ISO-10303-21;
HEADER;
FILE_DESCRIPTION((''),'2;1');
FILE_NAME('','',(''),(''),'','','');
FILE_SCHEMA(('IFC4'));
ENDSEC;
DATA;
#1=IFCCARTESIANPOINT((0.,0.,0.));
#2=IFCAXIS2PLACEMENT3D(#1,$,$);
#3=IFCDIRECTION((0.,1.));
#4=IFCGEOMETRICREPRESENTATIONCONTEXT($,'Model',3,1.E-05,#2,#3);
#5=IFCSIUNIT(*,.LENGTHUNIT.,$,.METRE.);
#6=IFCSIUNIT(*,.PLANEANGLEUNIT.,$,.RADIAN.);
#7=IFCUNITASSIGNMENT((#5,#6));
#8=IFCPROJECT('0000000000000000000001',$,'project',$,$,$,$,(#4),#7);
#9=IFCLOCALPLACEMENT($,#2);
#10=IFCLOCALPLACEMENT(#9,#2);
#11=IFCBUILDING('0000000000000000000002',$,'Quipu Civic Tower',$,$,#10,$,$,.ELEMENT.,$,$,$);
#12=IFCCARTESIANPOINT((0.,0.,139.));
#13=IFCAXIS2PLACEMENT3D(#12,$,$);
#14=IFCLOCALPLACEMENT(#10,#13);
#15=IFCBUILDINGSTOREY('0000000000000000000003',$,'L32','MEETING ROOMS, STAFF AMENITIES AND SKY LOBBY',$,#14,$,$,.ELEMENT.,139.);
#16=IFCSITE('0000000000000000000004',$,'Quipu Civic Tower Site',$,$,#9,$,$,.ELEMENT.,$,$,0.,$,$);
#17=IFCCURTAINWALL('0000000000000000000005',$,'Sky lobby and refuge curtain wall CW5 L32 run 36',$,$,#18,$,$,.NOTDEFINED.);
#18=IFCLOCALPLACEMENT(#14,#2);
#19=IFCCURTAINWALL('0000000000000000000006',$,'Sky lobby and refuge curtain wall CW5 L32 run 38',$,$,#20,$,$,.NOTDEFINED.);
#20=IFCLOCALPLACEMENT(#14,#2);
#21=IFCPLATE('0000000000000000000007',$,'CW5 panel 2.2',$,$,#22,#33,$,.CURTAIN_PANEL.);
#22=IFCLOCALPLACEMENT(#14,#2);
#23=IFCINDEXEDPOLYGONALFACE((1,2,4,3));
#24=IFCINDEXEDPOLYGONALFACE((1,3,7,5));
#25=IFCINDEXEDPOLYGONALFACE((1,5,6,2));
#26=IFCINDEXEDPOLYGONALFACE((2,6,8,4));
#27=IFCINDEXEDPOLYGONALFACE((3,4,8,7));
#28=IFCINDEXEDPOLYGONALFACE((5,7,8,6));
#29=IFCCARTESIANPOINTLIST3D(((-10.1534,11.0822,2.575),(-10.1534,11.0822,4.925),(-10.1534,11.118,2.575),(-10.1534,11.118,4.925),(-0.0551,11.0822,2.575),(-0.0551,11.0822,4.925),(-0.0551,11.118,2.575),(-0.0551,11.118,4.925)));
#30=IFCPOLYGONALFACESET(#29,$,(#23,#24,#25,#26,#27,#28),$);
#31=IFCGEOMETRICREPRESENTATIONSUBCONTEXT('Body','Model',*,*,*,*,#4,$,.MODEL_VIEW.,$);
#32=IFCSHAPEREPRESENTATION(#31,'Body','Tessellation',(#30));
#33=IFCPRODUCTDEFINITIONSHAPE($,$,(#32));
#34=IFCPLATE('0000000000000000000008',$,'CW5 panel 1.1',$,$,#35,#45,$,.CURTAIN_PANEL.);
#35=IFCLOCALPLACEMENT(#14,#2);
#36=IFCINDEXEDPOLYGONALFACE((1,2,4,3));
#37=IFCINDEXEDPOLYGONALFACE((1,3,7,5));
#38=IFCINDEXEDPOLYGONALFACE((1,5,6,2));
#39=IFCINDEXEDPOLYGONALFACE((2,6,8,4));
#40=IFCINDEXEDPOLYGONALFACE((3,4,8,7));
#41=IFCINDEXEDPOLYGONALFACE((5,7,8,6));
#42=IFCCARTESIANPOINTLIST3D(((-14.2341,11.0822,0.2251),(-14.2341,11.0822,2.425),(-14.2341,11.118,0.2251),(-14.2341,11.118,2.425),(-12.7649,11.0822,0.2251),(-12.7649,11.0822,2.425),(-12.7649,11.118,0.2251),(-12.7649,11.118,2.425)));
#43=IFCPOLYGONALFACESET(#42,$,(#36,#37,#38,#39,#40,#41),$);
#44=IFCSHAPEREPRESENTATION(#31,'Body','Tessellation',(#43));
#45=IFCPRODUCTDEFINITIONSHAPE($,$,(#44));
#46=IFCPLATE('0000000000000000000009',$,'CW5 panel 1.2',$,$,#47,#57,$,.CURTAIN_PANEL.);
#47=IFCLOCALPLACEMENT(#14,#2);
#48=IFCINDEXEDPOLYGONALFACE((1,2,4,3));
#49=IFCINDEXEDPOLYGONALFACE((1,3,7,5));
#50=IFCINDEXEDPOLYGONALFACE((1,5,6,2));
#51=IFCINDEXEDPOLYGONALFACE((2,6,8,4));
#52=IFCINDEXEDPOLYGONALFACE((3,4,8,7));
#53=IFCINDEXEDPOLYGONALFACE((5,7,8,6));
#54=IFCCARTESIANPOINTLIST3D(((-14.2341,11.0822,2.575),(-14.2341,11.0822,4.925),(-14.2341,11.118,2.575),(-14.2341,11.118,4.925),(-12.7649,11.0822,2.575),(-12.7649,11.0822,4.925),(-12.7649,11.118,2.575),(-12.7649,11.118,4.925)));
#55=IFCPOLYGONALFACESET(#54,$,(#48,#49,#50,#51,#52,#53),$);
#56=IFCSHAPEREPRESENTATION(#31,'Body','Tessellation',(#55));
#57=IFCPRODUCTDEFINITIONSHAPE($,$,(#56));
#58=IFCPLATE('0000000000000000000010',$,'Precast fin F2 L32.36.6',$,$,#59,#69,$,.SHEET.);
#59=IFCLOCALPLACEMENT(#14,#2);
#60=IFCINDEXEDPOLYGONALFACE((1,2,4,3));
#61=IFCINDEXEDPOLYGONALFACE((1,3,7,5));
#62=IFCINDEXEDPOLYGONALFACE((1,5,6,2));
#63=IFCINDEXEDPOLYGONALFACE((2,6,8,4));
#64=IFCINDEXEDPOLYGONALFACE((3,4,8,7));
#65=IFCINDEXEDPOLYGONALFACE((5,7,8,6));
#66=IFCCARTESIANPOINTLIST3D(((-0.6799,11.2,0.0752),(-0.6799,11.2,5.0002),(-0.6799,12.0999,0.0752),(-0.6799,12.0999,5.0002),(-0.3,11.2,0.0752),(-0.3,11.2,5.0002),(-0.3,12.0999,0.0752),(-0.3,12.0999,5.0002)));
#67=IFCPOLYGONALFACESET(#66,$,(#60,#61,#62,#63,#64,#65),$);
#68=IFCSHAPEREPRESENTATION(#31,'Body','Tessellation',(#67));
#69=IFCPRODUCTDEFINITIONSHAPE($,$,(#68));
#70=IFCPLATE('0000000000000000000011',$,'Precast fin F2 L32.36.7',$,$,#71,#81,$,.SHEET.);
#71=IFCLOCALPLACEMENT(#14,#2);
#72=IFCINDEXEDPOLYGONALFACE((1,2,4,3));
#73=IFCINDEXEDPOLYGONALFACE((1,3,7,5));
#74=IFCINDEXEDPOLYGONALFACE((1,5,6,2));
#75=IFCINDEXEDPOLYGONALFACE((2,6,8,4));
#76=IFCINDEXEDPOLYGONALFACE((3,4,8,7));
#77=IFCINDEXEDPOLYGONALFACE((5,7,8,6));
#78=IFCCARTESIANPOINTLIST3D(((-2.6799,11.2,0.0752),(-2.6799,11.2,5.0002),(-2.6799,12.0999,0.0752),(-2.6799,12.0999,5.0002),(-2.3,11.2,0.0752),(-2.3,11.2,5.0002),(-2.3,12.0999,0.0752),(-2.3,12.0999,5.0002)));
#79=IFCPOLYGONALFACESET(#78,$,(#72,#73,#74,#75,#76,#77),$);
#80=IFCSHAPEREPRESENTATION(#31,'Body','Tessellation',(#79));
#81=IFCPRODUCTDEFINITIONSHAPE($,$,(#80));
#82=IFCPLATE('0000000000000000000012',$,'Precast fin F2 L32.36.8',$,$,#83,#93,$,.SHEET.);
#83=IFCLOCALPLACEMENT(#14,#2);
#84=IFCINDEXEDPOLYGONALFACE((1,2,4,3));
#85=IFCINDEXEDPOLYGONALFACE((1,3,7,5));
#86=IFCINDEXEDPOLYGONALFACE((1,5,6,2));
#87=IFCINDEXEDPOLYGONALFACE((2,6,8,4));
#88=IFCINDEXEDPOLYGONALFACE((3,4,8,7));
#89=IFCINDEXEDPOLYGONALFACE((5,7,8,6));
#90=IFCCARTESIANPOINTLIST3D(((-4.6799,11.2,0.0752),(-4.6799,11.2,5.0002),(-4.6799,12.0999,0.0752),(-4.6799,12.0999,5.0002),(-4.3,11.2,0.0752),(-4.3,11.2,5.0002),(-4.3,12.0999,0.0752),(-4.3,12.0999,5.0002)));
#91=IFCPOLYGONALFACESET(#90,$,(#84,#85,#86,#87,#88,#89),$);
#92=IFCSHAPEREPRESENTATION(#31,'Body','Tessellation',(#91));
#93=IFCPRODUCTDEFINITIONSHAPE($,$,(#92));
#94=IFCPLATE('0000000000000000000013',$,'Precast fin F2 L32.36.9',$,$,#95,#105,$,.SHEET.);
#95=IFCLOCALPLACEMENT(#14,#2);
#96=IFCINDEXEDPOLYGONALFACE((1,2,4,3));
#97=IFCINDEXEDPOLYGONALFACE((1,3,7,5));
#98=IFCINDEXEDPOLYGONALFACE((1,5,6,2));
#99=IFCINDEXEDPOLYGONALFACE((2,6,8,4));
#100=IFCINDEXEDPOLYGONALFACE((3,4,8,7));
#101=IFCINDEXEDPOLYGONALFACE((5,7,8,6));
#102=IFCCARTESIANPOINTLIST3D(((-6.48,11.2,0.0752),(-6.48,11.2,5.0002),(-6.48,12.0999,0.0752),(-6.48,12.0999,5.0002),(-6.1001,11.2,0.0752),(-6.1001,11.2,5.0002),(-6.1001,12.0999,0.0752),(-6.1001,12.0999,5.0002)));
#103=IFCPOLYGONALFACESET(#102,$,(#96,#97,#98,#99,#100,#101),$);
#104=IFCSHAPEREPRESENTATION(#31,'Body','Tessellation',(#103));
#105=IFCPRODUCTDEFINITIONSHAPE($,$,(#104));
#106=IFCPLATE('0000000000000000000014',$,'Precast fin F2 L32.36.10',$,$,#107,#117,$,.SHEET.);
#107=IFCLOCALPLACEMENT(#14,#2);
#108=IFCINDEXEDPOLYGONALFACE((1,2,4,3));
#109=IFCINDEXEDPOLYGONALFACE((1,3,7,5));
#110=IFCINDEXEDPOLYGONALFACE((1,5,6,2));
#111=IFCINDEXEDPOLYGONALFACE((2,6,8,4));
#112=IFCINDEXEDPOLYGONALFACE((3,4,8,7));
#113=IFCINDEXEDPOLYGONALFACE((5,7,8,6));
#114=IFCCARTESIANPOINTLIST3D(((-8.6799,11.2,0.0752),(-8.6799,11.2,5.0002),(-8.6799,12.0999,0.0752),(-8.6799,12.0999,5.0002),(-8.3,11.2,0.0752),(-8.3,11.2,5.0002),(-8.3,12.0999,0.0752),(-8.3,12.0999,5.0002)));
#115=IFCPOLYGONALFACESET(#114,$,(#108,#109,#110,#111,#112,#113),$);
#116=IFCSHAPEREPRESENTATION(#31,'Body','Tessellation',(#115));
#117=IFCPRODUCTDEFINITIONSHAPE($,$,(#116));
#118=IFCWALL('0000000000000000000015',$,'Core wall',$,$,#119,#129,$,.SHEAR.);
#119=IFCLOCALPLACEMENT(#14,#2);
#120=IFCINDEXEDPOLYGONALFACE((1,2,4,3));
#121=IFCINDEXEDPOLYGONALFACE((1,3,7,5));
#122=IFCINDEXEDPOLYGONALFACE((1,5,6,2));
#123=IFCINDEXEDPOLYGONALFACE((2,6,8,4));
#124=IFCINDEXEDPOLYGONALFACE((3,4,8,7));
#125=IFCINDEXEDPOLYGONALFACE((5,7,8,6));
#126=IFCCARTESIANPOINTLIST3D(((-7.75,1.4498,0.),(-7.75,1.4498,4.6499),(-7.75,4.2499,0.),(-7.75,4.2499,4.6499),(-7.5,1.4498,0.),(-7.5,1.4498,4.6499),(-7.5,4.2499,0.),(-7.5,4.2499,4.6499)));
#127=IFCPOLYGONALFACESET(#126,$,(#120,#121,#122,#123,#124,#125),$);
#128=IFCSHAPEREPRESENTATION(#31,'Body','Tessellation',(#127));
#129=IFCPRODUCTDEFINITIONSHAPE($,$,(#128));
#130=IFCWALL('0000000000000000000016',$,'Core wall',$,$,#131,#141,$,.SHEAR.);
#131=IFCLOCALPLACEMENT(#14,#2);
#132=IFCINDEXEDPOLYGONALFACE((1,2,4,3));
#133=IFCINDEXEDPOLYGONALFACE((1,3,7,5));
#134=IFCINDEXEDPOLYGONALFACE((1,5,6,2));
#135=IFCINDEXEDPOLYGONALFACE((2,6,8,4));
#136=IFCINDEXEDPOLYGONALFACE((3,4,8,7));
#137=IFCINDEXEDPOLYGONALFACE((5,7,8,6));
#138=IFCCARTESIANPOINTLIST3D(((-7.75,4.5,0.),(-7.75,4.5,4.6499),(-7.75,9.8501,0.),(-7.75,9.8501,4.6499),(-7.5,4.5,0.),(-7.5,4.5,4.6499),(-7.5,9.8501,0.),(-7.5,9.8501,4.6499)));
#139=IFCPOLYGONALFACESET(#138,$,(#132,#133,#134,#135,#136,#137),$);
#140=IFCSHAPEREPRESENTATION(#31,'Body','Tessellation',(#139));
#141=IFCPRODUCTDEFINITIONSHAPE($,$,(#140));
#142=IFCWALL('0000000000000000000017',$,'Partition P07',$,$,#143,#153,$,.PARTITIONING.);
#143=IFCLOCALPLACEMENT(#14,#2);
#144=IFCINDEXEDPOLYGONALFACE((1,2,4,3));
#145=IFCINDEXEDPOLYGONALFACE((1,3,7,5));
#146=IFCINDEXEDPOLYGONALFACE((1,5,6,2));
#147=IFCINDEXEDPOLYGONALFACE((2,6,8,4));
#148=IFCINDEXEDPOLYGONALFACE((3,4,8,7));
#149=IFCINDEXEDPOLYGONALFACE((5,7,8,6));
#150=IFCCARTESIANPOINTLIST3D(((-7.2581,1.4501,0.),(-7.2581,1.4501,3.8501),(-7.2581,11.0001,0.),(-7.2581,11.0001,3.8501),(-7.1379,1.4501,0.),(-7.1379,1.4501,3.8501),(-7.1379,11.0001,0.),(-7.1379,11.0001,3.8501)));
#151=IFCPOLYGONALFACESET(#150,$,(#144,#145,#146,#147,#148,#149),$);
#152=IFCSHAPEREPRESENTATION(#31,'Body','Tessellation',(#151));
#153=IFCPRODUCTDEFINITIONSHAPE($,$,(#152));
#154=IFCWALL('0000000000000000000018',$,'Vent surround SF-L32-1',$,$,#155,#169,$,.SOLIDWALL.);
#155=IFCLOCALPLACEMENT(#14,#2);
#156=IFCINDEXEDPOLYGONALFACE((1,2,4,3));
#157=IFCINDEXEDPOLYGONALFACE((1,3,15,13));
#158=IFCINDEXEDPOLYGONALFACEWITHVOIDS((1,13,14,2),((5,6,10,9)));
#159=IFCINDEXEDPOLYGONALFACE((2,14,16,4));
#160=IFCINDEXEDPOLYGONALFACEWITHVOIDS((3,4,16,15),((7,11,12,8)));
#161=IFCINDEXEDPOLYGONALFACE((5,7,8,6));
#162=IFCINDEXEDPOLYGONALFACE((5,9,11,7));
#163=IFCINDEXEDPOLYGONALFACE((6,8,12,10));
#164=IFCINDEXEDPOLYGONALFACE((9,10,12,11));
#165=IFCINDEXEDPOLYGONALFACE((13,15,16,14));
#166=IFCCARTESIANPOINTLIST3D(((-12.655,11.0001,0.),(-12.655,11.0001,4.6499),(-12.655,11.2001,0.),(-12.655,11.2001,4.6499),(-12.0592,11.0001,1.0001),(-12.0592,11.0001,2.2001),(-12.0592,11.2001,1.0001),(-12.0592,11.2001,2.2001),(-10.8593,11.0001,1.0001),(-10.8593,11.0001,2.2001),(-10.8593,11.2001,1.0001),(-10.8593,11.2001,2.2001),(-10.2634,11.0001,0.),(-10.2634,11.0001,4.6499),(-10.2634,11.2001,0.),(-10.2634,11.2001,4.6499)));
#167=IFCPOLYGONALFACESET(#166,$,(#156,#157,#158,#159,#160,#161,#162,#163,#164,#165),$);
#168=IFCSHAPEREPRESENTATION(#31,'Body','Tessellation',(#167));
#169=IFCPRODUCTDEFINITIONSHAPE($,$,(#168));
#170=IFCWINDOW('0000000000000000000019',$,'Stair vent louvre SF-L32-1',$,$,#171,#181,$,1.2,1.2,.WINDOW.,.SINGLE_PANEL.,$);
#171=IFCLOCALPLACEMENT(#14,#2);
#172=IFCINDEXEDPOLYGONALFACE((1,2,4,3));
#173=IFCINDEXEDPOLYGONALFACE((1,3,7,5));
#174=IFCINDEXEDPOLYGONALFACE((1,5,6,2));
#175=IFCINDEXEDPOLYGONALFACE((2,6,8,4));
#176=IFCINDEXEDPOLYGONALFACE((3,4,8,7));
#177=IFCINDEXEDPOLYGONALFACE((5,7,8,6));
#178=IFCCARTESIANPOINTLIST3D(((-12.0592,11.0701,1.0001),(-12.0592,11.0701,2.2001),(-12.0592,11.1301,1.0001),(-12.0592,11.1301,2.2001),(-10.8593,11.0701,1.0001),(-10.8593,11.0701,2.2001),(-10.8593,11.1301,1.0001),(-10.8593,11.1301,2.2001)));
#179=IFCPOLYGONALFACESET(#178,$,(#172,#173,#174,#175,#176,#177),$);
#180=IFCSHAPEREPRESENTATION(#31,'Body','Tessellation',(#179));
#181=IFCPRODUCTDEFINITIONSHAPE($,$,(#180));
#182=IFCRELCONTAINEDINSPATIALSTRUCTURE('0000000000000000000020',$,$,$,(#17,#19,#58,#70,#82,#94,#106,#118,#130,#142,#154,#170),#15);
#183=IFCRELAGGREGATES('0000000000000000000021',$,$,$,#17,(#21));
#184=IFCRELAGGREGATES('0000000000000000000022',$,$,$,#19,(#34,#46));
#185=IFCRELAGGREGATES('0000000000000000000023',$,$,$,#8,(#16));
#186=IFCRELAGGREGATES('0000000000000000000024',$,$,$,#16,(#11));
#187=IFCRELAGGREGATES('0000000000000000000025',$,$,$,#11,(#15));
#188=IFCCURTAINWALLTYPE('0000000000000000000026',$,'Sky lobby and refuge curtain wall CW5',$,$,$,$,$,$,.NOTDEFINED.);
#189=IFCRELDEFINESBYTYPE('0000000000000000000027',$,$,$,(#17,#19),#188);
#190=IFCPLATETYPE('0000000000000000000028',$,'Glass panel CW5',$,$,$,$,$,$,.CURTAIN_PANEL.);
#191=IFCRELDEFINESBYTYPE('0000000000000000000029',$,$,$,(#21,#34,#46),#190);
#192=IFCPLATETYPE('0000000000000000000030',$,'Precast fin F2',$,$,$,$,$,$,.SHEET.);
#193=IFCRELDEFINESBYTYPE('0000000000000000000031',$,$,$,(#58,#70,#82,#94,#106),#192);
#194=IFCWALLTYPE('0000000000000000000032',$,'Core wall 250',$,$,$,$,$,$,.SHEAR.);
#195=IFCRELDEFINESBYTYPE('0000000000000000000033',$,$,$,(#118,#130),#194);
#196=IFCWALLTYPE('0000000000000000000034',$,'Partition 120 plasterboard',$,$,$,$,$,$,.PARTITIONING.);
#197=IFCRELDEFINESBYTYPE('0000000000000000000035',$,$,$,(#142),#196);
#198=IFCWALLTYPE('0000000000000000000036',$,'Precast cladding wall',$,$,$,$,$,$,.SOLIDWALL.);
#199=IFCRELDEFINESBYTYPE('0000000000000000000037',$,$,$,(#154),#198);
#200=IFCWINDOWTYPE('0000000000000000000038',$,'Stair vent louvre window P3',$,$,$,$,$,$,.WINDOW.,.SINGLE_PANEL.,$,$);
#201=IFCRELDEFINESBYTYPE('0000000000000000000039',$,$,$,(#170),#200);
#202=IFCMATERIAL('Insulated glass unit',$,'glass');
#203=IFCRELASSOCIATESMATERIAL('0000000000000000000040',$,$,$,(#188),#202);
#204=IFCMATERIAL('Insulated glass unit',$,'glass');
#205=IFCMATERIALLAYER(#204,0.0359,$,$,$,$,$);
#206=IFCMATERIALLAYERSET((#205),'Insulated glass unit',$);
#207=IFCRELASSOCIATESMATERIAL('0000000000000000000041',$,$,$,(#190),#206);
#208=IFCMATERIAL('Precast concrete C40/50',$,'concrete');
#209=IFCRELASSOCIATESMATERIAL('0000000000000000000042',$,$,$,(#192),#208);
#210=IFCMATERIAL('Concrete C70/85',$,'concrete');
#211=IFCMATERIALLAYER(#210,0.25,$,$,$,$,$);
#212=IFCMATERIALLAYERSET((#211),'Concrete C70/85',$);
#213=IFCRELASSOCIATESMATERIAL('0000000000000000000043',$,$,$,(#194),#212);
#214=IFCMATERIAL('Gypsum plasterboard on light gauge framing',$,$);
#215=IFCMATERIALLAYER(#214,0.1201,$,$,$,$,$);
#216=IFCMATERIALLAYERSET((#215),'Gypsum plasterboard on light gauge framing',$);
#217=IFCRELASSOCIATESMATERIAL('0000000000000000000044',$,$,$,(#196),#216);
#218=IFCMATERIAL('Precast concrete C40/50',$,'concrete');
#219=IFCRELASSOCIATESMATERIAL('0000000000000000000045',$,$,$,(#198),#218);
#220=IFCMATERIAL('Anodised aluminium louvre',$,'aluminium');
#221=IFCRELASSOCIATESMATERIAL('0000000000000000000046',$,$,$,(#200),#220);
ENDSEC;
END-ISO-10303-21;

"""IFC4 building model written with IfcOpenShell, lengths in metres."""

from ifc_helpers import new_model, si_unit, direction, frame, frame_2d, origin, origin_2d, place, context, subcontext, project, spatial, rectangle, extrude, material, layer, layer_set, type_object, element, fill, aggregate, save


model = new_model("IFC4")

# Units and contexts
model_context = context("Model", 3, precision=1e-05, world=origin(), true_north=direction((0.0, 1.0)))
body_context = subcontext(model_context, "Body", "Model", "MODEL_VIEW")
ifc_project = project(units=[si_unit("LENGTHUNIT", "METRE"), si_unit("PLANEANGLEUNIT", "RADIAN")], contexts=[model_context])

# Site, building, storey
site_placement = place(None, origin())
site = spatial("IfcSite", under=ifc_project, at=site_placement, Name="Quipu Civic Tower Site", CompositionType="ELEMENT", RefElevation=0.0)
building_placement = place(site_placement, origin())
building = spatial("IfcBuilding", under=site, at=building_placement, Name="Quipu Civic Tower", CompositionType="ELEMENT")
storey_placement = place(building_placement, frame((0.0, 0.0, 139.0)))
storey = spatial("IfcBuildingStorey", under=building, at=storey_placement, Name="L32", Description="MEETING ROOMS, STAFF AMENITIES AND SKY LOBBY", CompositionType="ELEMENT", Elevation=139.0)

# Shared definitions
ifc_material_1 = material(Name="Insulated glass unit", Category="glass")
curtain_wall_type = type_object("IfcCurtainWallType", Name="Sky lobby and refuge curtain wall CW5", PredefinedType="NOTDEFINED", material=ifc_material_1)

# Curtain walls
curtain_wall_1_placement = place(storey_placement, origin())
curtain_wall_1 = element("IfcCurtainWall", 1, at=curtain_wall_1_placement, inside=storey, type_object=curtain_wall_type, Name="Sky lobby and refuge curtain wall CW5 L32 run 36", PredefinedType="NOTDEFINED")
curtain_wall_2_placement = place(storey_placement, origin())
curtain_wall_2 = element("IfcCurtainWall", 2, at=curtain_wall_2_placement, inside=storey, type_object=curtain_wall_type, Name="Sky lobby and refuge curtain wall CW5 L32 run 38", PredefinedType="NOTDEFINED")

# Plates
ifc_material_2 = material(Name="Insulated glass unit", Category="glass")
ifc_layer_1 = layer(ifc_material_2, 0.0359)
ifc_layer_set_1 = layer_set([ifc_layer_1], Name="Insulated glass unit")
plate_type_1 = type_object("IfcPlateType", Name="Glass panel CW5", PredefinedType="CURTAIN_PANEL", material=ifc_layer_set_1)
plate_1_placement = place(storey_placement, frame((-5.1042, 11.1001, 2.575), z_axis=(0.0, 0.0, 1.0), x_axis=(-1.0, 0.0, 0.0)))
plate_1 = element("IfcPlate", 3, at=plate_1_placement, type_object=plate_type_1, Name="CW5 panel 2.2", PredefinedType="CURTAIN_PANEL", context=body_context, shape_type="SweptSolid", body=[
    extrude(rectangle(XDim=10.0984, YDim=0.0359, at=origin_2d()), origin(), (0.0, 0.0, 1.0), 2.3501),
])
aggregate(curtain_wall_1, [plate_1])
plate_2_placement = place(storey_placement, frame((-13.4995, 11.1001, 0.2251), z_axis=(0.0, 0.0, 1.0), x_axis=(-1.0, 0.0, 0.0)))
plate_2 = element("IfcPlate", 4, at=plate_2_placement, type_object=plate_type_1, Name="CW5 panel 1.1", PredefinedType="CURTAIN_PANEL", context=body_context, shape_type="SweptSolid", body=[
    extrude(rectangle(XDim=1.4692, YDim=0.0359, at=origin_2d()), origin(), (0.0, 0.0, 1.0), 2.2),
])
plate_3_placement = place(storey_placement, frame((-13.4995, 11.1001, 2.575), z_axis=(0.0, 0.0, 1.0), x_axis=(-1.0, 0.0, 0.0)))
plate_3 = element("IfcPlate", 5, at=plate_3_placement, type_object=plate_type_1, Name="CW5 panel 1.2", PredefinedType="CURTAIN_PANEL", context=body_context, shape_type="SweptSolid", body=[
    extrude(rectangle(XDim=1.4692, YDim=0.0359, at=origin_2d()), origin(), (0.0, 0.0, 1.0), 2.3501),
])
aggregate(curtain_wall_2, [plate_2, plate_3])

# Plates
ifc_material_3 = material(Name="Precast concrete C40/50", Category="concrete")
plate_type_2 = type_object("IfcPlateType", Name="Precast fin F2", PredefinedType="SHEET", material=ifc_material_3)
for number, where, z_axis, x_axis, name in (
    (6, (-0.49, 11.6499, 0.0752), (0.0, 0.0, 1.0), (-1.0, 0.0, 0.0), "Precast fin F2 L32.36.6"),
    (7, (-2.49, 11.6499, 0.0752), (0.0, 0.0, 1.0), (-1.0, 0.0, 0.0), "Precast fin F2 L32.36.7"),
    (8, (-4.49, 11.6499, 0.0752), (0.0, 0.0, 1.0), (-1.0, 0.0, 0.0), "Precast fin F2 L32.36.8"),
    (9, (-6.29, 11.6499, 0.0752), (0.0, 0.0, 1.0), (-1.0, 0.0, 0.0), "Precast fin F2 L32.36.9"),
    (10, (-8.49, 11.6499, 0.0752), (0.0, 0.0, 1.0), (-1.0, 0.0, 0.0), "Precast fin F2 L32.36.10"),
):
    element("IfcPlate", number, at=place(storey_placement, frame(where, z_axis=z_axis, x_axis=x_axis)), inside=storey, type_object=plate_type_2, Name=name, PredefinedType="SHEET", context=body_context, shape_type="SweptSolid", body=[
        extrude(rectangle(XDim=0.3799, YDim=0.8999, at=origin_2d()), origin(), (0.0, 0.0, 1.0), 4.925),
    ])

# Walls
ifc_material_4 = material(Name="Concrete C70/85", Category="concrete")
ifc_layer_2 = layer(ifc_material_4, 0.25)
ifc_layer_set_2 = layer_set([ifc_layer_2], Name="Concrete C70/85")
wall_type_1 = type_object("IfcWallType", Name="Core wall 250", PredefinedType="SHEAR", material=ifc_layer_set_2)
wall_1_placement = place(storey_placement, frame((-7.625, 1.45, 0.0), z_axis=(0.0, 0.0, 1.0), x_axis=(0.0, 1.0, 0.0)))
element("IfcWall", 11, at=wall_1_placement, inside=storey, type_object=wall_type_1, Name="Core wall", PredefinedType="SHEAR", context=body_context, shape_type="SweptSolid", body=[
    extrude(rectangle(XDim=2.8, YDim=0.25, at=frame_2d((1.3999, 0.0))), origin(), (0.0, 0.0, 1.0), 4.6499),
])
wall_2_placement = place(storey_placement, frame((-7.625, 4.5, 0.0), z_axis=(0.0, 0.0, 1.0), x_axis=(0.0, 1.0, 0.0)))
element("IfcWall", 12, at=wall_2_placement, inside=storey, type_object=wall_type_1, Name="Core wall", PredefinedType="SHEAR", context=body_context, shape_type="SweptSolid", body=[
    extrude(rectangle(XDim=5.3501, YDim=0.25, at=frame_2d((2.675, 0.0))), origin(), (0.0, 0.0, 1.0), 4.6499),
])
ifc_material_5 = material(Name="Gypsum plasterboard on light gauge framing")
ifc_layer_3 = layer(ifc_material_5, 0.1201)
ifc_layer_set_3 = layer_set([ifc_layer_3], Name="Gypsum plasterboard on light gauge framing")
wall_type_2 = type_object("IfcWallType", Name="Partition 120 plasterboard", PredefinedType="PARTITIONING", material=ifc_layer_set_3)
wall_3_placement = place(storey_placement, frame((-7.198, 11.0, 0.0), z_axis=(0.0, 0.0, 1.0), x_axis=(0.0, -1.0, 0.0)))
element("IfcWall", 13, at=wall_3_placement, inside=storey, type_object=wall_type_2, Name="Partition P07", PredefinedType="PARTITIONING", context=body_context, shape_type="SweptSolid", body=[
    extrude(rectangle(XDim=9.55, YDim=0.1201, at=frame_2d((4.7749, 0.0))), origin(), (0.0, 0.0, 1.0), 3.8501),
])

# Wall, opening, window
ifc_material_6 = material(Name="Precast concrete C40/50", Category="concrete")
wall_type_3 = type_object("IfcWallType", Name="Precast cladding wall", PredefinedType="SOLIDWALL", material=ifc_material_6)
wall_4_placement = place(storey_placement, frame((-10.2634, 11.1001, 0.0), z_axis=(0.0, 0.0, 1.0), x_axis=(-1.0, 0.0, 0.0)))
wall_4 = element("IfcWall", 14, at=wall_4_placement, inside=storey, type_object=wall_type_3, Name="Vent surround SF-L32-1", PredefinedType="SOLIDWALL", context=body_context, shape_type="SweptSolid", body=[
    extrude(rectangle(XDim=2.3916, YDim=0.2, at=frame_2d((1.1958, 0.0))), origin(), (0.0, 0.0, 1.0), 4.6499),
])
opening_placement = place(wall_4_placement, frame((0.5957, 0.0, 1.0)))
opening = element("IfcOpeningElement", 15, at=opening_placement, cuts=wall_4, PredefinedType="OPENING", context=body_context, shape_type="SweptSolid", body=[
    extrude(rectangle(XDim=1.2, YDim=1.2, at=frame_2d((0.6001, 0.6001))), frame((0.0, 0.1099, 0.0), z_axis=(0.0, -1.0, 0.0), x_axis=(1.0, 0.0, 0.0)), (0.0, 0.0, 1.0), 0.22),
])
ifc_material_7 = material(Name="Anodised aluminium louvre", Category="aluminium")
window_type = type_object("IfcWindowType", Name="Stair vent louvre window P3", PartitioningType="SINGLE_PANEL", PredefinedType="WINDOW", material=ifc_material_7)
window_placement = place(opening_placement, origin())
window = element("IfcWindow", 16, at=window_placement, inside=storey, type_object=window_type, Name="Stair vent louvre SF-L32-1", OverallHeight=1.2, OverallWidth=1.2, PartitioningType="SINGLE_PANEL", PredefinedType="WINDOW", context=body_context, shape_type="SweptSolid", body=[
    extrude(rectangle(XDim=1.2, YDim=1.2, at=frame_2d((0.6001, 0.6001))), frame((0.0, 0.03, 0.0), z_axis=(0.0, -1.0, 0.0), x_axis=(1.0, 0.0, 0.0)), (0.0, 0.0, 1.0), 0.0601),
])
fill(opening, window)

save(model, "model.ifc")
